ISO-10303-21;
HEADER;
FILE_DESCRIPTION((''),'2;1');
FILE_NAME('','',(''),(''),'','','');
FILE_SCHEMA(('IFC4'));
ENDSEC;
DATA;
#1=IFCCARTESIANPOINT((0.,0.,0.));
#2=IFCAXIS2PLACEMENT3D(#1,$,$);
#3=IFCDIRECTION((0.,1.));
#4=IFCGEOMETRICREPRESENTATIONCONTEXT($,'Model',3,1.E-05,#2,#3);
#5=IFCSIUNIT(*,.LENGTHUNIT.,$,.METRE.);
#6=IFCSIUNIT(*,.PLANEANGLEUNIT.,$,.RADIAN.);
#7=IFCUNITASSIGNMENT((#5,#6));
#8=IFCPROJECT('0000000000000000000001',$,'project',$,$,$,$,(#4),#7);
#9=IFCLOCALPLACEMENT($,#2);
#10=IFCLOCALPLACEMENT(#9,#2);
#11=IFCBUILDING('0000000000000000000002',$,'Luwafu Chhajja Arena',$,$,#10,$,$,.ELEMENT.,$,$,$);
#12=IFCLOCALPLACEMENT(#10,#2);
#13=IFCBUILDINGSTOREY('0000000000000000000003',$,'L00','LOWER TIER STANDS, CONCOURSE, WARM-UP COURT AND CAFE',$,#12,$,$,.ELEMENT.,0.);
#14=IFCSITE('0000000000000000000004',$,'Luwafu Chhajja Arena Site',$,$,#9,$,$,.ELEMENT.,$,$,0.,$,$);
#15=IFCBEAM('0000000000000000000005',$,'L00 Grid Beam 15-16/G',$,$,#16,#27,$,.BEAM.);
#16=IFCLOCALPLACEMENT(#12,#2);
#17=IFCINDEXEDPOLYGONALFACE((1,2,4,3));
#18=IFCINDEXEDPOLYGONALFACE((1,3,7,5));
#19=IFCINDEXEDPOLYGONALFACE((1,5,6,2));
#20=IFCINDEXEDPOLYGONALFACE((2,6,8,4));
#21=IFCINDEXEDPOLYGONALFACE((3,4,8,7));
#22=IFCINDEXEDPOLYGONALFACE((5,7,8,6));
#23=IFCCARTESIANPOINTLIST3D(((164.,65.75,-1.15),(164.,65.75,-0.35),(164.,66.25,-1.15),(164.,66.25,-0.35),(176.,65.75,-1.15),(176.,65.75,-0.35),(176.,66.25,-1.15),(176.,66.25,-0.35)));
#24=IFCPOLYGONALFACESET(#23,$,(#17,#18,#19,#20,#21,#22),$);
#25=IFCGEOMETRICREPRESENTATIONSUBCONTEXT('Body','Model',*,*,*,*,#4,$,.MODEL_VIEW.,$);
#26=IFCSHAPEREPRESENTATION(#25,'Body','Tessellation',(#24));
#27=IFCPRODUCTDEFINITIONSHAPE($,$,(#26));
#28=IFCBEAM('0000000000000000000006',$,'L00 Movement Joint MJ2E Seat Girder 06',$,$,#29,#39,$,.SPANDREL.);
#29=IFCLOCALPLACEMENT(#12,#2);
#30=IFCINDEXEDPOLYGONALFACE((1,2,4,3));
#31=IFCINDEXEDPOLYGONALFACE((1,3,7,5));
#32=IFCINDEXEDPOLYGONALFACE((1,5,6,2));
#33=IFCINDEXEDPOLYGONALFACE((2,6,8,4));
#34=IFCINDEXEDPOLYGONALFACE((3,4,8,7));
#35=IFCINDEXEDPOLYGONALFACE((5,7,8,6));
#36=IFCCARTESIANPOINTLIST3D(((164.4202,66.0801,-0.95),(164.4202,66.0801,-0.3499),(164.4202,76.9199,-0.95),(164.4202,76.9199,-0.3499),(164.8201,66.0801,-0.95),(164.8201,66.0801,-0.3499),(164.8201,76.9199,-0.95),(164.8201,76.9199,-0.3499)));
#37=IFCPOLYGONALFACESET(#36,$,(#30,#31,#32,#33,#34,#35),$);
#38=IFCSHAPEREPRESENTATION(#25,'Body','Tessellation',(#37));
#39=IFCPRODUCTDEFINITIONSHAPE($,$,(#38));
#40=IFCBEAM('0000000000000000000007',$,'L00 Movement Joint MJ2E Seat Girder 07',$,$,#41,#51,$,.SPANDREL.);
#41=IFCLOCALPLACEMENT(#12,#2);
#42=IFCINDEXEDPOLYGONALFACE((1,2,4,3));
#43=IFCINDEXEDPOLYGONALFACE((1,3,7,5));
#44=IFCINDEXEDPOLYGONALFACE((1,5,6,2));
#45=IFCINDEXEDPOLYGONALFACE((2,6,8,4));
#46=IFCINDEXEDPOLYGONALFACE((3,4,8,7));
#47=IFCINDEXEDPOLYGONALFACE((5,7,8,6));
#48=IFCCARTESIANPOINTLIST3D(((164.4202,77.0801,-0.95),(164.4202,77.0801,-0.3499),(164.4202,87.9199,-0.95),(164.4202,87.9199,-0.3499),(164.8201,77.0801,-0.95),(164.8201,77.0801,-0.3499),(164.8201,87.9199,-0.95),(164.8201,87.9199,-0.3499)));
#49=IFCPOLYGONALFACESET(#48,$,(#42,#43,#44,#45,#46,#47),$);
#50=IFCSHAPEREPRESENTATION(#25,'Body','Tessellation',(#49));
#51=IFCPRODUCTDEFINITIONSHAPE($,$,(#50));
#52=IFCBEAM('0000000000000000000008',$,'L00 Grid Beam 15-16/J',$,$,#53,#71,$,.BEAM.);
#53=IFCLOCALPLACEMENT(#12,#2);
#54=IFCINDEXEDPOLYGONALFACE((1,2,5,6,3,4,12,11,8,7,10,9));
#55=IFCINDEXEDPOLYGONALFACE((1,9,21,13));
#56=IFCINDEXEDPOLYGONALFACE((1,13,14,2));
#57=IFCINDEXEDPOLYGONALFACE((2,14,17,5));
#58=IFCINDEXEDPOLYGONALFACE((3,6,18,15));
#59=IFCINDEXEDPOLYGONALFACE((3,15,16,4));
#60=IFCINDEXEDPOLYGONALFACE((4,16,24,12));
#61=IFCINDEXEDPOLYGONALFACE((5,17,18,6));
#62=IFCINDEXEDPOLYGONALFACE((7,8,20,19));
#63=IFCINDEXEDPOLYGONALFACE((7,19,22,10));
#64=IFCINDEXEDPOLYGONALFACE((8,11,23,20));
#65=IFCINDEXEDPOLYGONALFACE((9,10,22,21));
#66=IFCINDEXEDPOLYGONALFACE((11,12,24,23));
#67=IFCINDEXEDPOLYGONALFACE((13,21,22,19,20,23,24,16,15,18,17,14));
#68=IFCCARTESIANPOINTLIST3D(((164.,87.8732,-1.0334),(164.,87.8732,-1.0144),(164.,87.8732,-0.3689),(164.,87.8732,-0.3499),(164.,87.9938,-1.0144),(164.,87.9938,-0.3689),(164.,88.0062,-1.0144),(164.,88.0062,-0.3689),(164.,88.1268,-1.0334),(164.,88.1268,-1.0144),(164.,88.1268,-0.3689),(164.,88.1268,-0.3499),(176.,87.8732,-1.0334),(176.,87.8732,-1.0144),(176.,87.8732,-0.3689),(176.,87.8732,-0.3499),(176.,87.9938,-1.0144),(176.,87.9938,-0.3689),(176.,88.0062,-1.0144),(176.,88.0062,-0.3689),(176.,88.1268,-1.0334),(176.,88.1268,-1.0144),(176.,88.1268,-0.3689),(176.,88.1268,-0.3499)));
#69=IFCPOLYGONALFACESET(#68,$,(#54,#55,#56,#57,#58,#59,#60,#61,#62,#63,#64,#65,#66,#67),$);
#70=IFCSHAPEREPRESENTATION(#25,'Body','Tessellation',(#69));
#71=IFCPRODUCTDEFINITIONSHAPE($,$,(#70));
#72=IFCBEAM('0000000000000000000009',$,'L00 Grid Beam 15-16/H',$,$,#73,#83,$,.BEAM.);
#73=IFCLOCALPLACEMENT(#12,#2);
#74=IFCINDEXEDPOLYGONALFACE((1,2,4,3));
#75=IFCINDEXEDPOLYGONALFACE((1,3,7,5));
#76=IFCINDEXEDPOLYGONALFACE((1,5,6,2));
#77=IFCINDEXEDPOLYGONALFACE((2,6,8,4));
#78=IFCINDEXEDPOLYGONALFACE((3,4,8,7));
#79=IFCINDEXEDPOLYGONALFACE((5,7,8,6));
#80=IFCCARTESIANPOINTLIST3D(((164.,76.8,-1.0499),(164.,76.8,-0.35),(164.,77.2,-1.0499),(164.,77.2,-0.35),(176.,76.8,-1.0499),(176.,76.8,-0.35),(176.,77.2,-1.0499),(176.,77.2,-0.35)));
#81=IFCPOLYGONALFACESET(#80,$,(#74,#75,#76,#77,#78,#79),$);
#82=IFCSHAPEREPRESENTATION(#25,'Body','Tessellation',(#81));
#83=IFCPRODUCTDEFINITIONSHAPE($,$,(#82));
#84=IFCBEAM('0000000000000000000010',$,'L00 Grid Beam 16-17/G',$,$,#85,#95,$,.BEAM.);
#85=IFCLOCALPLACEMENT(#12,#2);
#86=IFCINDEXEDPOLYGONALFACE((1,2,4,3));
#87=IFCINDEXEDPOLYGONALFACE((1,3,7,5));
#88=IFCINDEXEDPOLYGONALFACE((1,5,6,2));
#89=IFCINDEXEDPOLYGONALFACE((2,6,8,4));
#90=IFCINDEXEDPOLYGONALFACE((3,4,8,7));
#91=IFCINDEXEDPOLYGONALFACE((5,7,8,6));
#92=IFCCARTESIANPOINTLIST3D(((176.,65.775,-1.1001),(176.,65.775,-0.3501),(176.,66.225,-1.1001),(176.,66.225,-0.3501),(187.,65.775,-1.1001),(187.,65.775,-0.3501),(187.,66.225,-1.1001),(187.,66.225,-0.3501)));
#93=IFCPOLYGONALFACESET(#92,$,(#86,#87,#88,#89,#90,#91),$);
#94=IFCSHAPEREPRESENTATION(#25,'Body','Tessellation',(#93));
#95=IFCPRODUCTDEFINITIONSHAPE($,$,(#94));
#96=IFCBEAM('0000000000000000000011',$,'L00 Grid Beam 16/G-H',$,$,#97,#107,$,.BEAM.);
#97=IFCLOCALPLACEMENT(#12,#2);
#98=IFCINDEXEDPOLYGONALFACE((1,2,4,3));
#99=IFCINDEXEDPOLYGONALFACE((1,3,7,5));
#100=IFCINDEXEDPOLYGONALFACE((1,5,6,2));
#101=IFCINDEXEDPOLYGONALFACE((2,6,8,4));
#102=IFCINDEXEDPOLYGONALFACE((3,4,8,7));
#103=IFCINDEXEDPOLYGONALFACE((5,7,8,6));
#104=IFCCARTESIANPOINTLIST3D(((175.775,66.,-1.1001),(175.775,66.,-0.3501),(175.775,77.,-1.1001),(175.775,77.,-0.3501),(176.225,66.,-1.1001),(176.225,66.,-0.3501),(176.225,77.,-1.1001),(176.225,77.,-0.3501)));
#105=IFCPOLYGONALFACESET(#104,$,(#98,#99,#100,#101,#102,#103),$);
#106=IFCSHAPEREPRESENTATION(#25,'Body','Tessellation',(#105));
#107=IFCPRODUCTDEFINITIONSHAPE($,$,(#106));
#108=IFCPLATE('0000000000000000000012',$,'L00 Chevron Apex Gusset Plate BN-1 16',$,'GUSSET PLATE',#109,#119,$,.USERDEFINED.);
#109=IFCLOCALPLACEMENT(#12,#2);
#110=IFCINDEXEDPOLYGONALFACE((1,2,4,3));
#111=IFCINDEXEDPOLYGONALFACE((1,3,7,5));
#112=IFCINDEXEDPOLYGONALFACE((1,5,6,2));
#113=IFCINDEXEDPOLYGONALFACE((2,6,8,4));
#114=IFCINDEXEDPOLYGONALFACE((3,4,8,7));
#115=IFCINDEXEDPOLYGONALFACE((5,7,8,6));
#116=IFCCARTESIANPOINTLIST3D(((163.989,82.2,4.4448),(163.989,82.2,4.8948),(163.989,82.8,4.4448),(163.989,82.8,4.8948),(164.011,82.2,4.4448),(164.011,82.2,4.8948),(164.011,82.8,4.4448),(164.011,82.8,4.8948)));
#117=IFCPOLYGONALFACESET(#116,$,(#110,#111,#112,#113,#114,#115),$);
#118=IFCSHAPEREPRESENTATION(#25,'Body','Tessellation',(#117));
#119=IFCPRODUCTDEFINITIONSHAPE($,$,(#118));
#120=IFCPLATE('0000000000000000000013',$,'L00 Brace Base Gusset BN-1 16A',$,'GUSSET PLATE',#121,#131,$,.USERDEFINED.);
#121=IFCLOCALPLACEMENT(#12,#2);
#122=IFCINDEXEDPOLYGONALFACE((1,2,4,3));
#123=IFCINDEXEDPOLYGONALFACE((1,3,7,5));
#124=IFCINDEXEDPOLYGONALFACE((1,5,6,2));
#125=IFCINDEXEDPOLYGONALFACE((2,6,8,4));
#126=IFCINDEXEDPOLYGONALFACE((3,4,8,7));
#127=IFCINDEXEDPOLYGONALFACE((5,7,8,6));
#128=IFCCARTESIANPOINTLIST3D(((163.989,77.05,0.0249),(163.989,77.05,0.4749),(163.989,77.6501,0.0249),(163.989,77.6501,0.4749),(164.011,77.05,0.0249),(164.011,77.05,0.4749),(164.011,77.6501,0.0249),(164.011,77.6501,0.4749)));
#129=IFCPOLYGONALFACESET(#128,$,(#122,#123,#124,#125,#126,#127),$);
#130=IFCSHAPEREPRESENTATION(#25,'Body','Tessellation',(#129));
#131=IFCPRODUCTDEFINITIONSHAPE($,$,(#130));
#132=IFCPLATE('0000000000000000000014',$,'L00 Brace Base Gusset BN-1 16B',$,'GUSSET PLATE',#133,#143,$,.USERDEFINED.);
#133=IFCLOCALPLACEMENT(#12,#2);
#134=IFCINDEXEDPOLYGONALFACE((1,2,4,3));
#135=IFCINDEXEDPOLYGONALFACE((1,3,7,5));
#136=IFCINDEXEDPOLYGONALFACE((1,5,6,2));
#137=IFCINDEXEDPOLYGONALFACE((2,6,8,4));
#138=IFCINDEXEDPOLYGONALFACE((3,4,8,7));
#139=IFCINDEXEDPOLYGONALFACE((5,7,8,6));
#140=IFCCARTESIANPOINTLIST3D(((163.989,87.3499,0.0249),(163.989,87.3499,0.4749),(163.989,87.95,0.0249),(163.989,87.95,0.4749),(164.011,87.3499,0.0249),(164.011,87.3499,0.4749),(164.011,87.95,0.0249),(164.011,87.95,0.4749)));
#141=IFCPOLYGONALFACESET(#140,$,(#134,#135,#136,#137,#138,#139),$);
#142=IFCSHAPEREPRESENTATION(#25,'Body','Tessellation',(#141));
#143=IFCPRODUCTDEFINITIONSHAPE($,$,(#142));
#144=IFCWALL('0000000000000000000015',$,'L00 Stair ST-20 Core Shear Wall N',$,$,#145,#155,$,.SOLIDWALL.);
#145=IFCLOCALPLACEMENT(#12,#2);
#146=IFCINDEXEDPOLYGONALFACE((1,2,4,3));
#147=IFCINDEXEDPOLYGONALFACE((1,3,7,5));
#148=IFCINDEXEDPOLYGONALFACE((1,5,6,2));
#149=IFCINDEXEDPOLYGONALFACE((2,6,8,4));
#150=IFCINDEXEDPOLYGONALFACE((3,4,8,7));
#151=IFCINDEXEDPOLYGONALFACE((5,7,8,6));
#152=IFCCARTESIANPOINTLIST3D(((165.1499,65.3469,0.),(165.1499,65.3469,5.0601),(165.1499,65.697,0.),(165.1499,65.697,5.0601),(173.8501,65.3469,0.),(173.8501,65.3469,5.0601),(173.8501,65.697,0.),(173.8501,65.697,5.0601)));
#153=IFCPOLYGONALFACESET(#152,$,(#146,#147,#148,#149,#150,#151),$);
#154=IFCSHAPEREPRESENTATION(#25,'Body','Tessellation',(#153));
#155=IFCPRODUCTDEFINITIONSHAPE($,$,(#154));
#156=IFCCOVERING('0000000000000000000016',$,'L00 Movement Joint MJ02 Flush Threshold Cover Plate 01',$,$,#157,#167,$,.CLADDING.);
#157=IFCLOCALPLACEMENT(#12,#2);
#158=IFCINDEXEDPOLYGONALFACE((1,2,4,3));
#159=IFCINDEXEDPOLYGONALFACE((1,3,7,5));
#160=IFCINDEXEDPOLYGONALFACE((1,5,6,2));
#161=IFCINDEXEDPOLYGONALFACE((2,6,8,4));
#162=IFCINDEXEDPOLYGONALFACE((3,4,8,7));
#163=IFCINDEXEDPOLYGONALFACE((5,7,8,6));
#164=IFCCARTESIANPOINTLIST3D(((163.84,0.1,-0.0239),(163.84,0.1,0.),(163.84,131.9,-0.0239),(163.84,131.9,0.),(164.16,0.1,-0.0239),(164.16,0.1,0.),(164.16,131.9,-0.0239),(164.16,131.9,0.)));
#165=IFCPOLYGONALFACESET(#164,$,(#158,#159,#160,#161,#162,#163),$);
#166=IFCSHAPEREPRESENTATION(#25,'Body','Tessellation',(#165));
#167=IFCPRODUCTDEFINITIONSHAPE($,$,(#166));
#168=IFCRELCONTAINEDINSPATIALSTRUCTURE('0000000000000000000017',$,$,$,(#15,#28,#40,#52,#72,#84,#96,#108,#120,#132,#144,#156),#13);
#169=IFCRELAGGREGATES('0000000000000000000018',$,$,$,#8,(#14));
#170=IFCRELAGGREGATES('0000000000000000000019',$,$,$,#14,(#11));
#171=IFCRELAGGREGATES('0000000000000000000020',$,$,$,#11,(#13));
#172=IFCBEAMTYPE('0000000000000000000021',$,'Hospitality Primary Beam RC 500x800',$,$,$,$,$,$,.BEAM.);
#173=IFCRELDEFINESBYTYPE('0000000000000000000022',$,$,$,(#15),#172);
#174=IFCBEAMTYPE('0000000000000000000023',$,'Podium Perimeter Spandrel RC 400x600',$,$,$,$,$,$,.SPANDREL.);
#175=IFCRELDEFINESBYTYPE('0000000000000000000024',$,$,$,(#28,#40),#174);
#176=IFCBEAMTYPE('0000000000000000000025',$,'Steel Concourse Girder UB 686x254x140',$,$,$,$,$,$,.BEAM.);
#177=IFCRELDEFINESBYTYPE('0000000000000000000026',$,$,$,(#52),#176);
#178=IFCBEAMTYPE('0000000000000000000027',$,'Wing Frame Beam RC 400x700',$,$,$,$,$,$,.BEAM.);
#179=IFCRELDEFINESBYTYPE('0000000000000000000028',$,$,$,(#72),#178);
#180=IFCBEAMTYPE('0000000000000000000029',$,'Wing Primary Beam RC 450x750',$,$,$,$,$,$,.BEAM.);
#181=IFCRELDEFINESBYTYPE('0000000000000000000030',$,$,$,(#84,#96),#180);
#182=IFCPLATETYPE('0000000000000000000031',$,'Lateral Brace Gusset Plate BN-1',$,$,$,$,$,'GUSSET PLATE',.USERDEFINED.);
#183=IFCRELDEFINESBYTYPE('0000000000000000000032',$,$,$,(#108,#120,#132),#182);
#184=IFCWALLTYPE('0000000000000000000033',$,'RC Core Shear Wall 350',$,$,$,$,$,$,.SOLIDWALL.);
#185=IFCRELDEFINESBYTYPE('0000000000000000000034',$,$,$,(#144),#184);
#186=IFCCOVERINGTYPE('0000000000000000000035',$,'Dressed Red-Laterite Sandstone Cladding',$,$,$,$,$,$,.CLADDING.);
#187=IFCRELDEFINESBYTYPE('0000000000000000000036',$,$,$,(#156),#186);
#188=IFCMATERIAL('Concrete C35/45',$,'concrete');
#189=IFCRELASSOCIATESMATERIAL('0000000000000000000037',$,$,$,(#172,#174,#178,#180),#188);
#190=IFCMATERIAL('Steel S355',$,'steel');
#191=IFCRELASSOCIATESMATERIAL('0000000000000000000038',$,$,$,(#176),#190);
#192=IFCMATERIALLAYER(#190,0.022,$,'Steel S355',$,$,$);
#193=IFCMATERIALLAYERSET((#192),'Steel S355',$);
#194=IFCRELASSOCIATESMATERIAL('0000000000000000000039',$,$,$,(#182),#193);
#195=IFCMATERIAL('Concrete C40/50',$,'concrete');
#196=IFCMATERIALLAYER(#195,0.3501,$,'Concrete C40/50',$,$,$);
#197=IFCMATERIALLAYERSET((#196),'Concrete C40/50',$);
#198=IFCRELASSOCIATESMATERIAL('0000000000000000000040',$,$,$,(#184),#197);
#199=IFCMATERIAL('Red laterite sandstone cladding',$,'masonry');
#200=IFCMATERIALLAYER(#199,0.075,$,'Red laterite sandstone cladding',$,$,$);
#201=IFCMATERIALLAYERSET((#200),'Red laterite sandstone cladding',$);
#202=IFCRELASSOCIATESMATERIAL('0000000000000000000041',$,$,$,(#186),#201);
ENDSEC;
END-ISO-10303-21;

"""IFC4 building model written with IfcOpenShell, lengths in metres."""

from ifc_helpers import new_model, si_unit, direction, frame, frame_2d, origin, origin_2d, place, context, subcontext, project, spatial, rectangle, i_section, extrude, material, layer, layer_set, material_profile, profile_set, type_object, element, save


model = new_model("IFC4")

# Units and contexts
model_context = context("Model", 3, precision=1e-05, world=origin(), true_north=direction((0.0, 1.0)))
body_context = subcontext(model_context, "Body", "Model", "MODEL_VIEW")
ifc_project = project(units=[si_unit("LENGTHUNIT", "METRE"), si_unit("PLANEANGLEUNIT", "RADIAN")], contexts=[model_context])

# Site, building, storey
site_placement = place(None, origin())
site = spatial("IfcSite", under=ifc_project, at=site_placement, Name="Luwafu Chhajja Arena Site", CompositionType="ELEMENT", RefElevation=0.0)
building_placement = place(site_placement, origin())
building = spatial("IfcBuilding", under=site, at=building_placement, Name="Luwafu Chhajja Arena", CompositionType="ELEMENT")
storey_placement = place(building_placement, origin())
storey = spatial("IfcBuildingStorey", under=building, at=storey_placement, Name="L00", Description="LOWER TIER STANDS, CONCOURSE, WARM-UP COURT AND CAFE", CompositionType="ELEMENT", Elevation=0.0)

# Shared definitions
ifc_material_1 = material(Name="Concrete C35/45", Category="concrete")

# Shared definitions
ifc_material_2 = material(Name="Steel S355", Category="steel")

# Beams
ifc_material_profile_1 = material_profile(ifc_material_1, rectangle(XDim=0.5, YDim=0.8, at=origin_2d()), Name="RC 500x800")
ifc_profile_set_1 = profile_set([ifc_material_profile_1], Name="Concrete C35/45")
beam_type_1 = type_object("IfcBeamType", Name="Hospitality Primary Beam RC 500x800", PredefinedType="BEAM", material=ifc_profile_set_1)
beam_1_placement = place(storey_placement, frame((164.0, 66.0, -0.75), z_axis=(1.0, 0.0, 0.0), x_axis=(0.0, 1.0, 0.0)))
element("IfcBeam", 1, at=beam_1_placement, inside=storey, type_object=beam_type_1, Name="L00 Grid Beam 15-16/G", PredefinedType="BEAM", context=body_context, shape_type="SweptSolid", body=[
    extrude(rectangle(XDim=0.5, YDim=0.8, at=origin_2d()), origin(), (0.0, 0.0, 1.0), 12.0),
])
ifc_material_profile_2 = material_profile(ifc_material_1, rectangle(XDim=0.3999, YDim=0.6001, at=origin_2d()), Name="RC 400x600")
ifc_profile_set_2 = profile_set([ifc_material_profile_2], Name="Concrete C35/45")
beam_type_2 = type_object("IfcBeamType", Name="Podium Perimeter Spandrel RC 400x600", PredefinedType="SPANDREL", material=ifc_profile_set_2)
for number, where, z_axis, x_axis, name in (
    (2, (164.6201, 66.0801, -0.6499), (0.0, 1.0, 0.0), (-1.0, 0.0, 0.0), "L00 Movement Joint MJ2E Seat Girder 06"),
    (3, (164.6201, 77.0801, -0.6499), (0.0, 1.0, 0.0), (-1.0, 0.0, 0.0), "L00 Movement Joint MJ2E Seat Girder 07"),
):
    element("IfcBeam", number, at=place(storey_placement, frame(where, z_axis=z_axis, x_axis=x_axis)), inside=storey, type_object=beam_type_2, Name=name, PredefinedType="SPANDREL", context=body_context, shape_type="SweptSolid", body=[
        extrude(rectangle(XDim=0.3999, YDim=0.6001, at=origin_2d()), origin(), (0.0, 0.0, 1.0), 10.8398),
    ])
ifc_material_profile_3 = material_profile(ifc_material_2, i_section(OverallWidth=0.2537, OverallDepth=0.6836, WebThickness=0.0125, FlangeThickness=0.019, at=origin_2d()), Name="UB 686x254x140")
ifc_profile_set_3 = profile_set([ifc_material_profile_3], Name="Steel S355")
beam_type_3 = type_object("IfcBeamType", Name="Steel Concourse Girder UB 686x254x140", PredefinedType="BEAM", material=ifc_profile_set_3)
beam_2_placement = place(storey_placement, frame((164.0, 88.0, -0.6917), z_axis=(1.0, 0.0, 0.0), x_axis=(0.0, 1.0, 0.0)))
element("IfcBeam", 4, at=beam_2_placement, inside=storey, type_object=beam_type_3, Name="L00 Grid Beam 15-16/J", PredefinedType="BEAM", context=body_context, shape_type="SweptSolid", body=[
    extrude(i_section(OverallWidth=0.2537, OverallDepth=0.6836, WebThickness=0.0125, FlangeThickness=0.019, at=origin_2d()), origin(), (0.0, 0.0, 1.0), 12.0),
])
ifc_material_profile_4 = material_profile(ifc_material_1, rectangle(XDim=0.3999, YDim=0.7, at=origin_2d()), Name="RC 400x700")
ifc_profile_set_4 = profile_set([ifc_material_profile_4], Name="Concrete C35/45")
beam_type_4 = type_object("IfcBeamType", Name="Wing Frame Beam RC 400x700", PredefinedType="BEAM", material=ifc_profile_set_4)
beam_3_placement = place(storey_placement, frame((164.0, 77.0, -0.7), z_axis=(1.0, 0.0, 0.0), x_axis=(0.0, 1.0, 0.0)))
element("IfcBeam", 5, at=beam_3_placement, inside=storey, type_object=beam_type_4, Name="L00 Grid Beam 15-16/H", PredefinedType="BEAM", context=body_context, shape_type="SweptSolid", body=[
    extrude(rectangle(XDim=0.3999, YDim=0.7, at=origin_2d()), origin(), (0.0, 0.0, 1.0), 12.0),
])
ifc_material_profile_5 = material_profile(ifc_material_1, rectangle(XDim=0.45, YDim=0.75, at=origin_2d()), Name="RC 450x750")
ifc_profile_set_5 = profile_set([ifc_material_profile_5], Name="Concrete C35/45")
beam_type_5 = type_object("IfcBeamType", Name="Wing Primary Beam RC 450x750", PredefinedType="BEAM", material=ifc_profile_set_5)
for number, where, z_axis, x_axis, name in (
    (6, (176.0, 66.0, -0.7251), (1.0, 0.0, 0.0), (0.0, 1.0, 0.0), "L00 Grid Beam 16-17/G"),
    (7, (176.0, 66.0, -0.7251), (0.0, 1.0, 0.0), (-1.0, 0.0, 0.0), "L00 Grid Beam 16/G-H"),
):
    element("IfcBeam", number, at=place(storey_placement, frame(where, z_axis=z_axis, x_axis=x_axis)), inside=storey, type_object=beam_type_5, Name=name, PredefinedType="BEAM", context=body_context, shape_type="SweptSolid", body=[
        extrude(rectangle(XDim=0.45, YDim=0.75, at=origin_2d()), origin(), (0.0, 0.0, 1.0), 11.0),
    ])

# Plates
ifc_layer_1 = layer(ifc_material_2, 0.022, Name="Steel S355")
ifc_layer_set_1 = layer_set([ifc_layer_1], Name="Steel S355")
plate_type = type_object("IfcPlateType", Name="Lateral Brace Gusset Plate BN-1", ElementType="GUSSET PLATE", PredefinedType="USERDEFINED", material=ifc_layer_set_1)
for number, where, z_axis, x_axis, name in (
    (8, (164.0, 82.5, 4.4448), (0.0, 0.0, 1.0), (1.0, 0.0, 0.0), "L00 Chevron Apex Gusset Plate BN-1 16"),
    (9, (164.0, 77.3501, 0.0249), (0.0, 0.0, 1.0), (1.0, 0.0, 0.0), "L00 Brace Base Gusset BN-1 16A"),
    (10, (164.0, 87.6499, 0.0249), (0.0, 0.0, 1.0), (1.0, 0.0, 0.0), "L00 Brace Base Gusset BN-1 16B"),
):
    element("IfcPlate", number, at=place(storey_placement, frame(where, z_axis=z_axis, x_axis=x_axis)), inside=storey, type_object=plate_type, Name=name, ObjectType="GUSSET PLATE", PredefinedType="USERDEFINED", context=body_context, shape_type="SweptSolid", body=[
        extrude(rectangle(XDim=0.022, YDim=0.6001, at=origin_2d()), origin(), (0.0, 0.0, 1.0), 0.45),
    ])

# Wall
ifc_material_3 = material(Name="Concrete C40/50", Category="concrete")
ifc_layer_2 = layer(ifc_material_3, 0.3501, Name="Concrete C40/50")
ifc_layer_set_2 = layer_set([ifc_layer_2], Name="Concrete C40/50")
wall_type = type_object("IfcWallType", Name="RC Core Shear Wall 350", PredefinedType="SOLIDWALL", material=ifc_layer_set_2)
wall_placement = place(storey_placement, frame((165.1499, 65.522, 0.0), z_axis=(0.0, 0.0, 1.0), x_axis=(1.0, 0.0, 0.0)))
element("IfcWall", 11, at=wall_placement, inside=storey, type_object=wall_type, Name="L00 Stair ST-20 Core Shear Wall N", PredefinedType="SOLIDWALL", context=body_context, shape_type="SweptSolid", body=[
    extrude(rectangle(XDim=8.7002, YDim=0.3501, at=frame_2d((4.3501, 0.0))), origin(), (0.0, 0.0, 1.0), 5.0601),
])

# Covering
ifc_material_4 = material(Name="Red laterite sandstone cladding", Category="masonry")
ifc_layer_3 = layer(ifc_material_4, 0.075, Name="Red laterite sandstone cladding")
ifc_layer_set_3 = layer_set([ifc_layer_3], Name="Red laterite sandstone cladding")
covering_type = type_object("IfcCoveringType", Name="Dressed Red-Laterite Sandstone Cladding", PredefinedType="CLADDING", material=ifc_layer_set_3)
covering_placement = place(storey_placement, frame((164.0, 66.0, -0.0239), z_axis=(0.0, 0.0, 1.0), x_axis=(1.0, 0.0, 0.0)))
element("IfcCovering", 12, at=covering_placement, inside=storey, type_object=covering_type, Name="L00 Movement Joint MJ02 Flush Threshold Cover Plate 01", PredefinedType="CLADDING", context=body_context, shape_type="SweptSolid", body=[
    extrude(rectangle(XDim=0.3201, YDim=131.8, at=origin_2d()), origin(), (0.0, 0.0, 1.0), 0.0239),
])

save(model, "model.ifc")
